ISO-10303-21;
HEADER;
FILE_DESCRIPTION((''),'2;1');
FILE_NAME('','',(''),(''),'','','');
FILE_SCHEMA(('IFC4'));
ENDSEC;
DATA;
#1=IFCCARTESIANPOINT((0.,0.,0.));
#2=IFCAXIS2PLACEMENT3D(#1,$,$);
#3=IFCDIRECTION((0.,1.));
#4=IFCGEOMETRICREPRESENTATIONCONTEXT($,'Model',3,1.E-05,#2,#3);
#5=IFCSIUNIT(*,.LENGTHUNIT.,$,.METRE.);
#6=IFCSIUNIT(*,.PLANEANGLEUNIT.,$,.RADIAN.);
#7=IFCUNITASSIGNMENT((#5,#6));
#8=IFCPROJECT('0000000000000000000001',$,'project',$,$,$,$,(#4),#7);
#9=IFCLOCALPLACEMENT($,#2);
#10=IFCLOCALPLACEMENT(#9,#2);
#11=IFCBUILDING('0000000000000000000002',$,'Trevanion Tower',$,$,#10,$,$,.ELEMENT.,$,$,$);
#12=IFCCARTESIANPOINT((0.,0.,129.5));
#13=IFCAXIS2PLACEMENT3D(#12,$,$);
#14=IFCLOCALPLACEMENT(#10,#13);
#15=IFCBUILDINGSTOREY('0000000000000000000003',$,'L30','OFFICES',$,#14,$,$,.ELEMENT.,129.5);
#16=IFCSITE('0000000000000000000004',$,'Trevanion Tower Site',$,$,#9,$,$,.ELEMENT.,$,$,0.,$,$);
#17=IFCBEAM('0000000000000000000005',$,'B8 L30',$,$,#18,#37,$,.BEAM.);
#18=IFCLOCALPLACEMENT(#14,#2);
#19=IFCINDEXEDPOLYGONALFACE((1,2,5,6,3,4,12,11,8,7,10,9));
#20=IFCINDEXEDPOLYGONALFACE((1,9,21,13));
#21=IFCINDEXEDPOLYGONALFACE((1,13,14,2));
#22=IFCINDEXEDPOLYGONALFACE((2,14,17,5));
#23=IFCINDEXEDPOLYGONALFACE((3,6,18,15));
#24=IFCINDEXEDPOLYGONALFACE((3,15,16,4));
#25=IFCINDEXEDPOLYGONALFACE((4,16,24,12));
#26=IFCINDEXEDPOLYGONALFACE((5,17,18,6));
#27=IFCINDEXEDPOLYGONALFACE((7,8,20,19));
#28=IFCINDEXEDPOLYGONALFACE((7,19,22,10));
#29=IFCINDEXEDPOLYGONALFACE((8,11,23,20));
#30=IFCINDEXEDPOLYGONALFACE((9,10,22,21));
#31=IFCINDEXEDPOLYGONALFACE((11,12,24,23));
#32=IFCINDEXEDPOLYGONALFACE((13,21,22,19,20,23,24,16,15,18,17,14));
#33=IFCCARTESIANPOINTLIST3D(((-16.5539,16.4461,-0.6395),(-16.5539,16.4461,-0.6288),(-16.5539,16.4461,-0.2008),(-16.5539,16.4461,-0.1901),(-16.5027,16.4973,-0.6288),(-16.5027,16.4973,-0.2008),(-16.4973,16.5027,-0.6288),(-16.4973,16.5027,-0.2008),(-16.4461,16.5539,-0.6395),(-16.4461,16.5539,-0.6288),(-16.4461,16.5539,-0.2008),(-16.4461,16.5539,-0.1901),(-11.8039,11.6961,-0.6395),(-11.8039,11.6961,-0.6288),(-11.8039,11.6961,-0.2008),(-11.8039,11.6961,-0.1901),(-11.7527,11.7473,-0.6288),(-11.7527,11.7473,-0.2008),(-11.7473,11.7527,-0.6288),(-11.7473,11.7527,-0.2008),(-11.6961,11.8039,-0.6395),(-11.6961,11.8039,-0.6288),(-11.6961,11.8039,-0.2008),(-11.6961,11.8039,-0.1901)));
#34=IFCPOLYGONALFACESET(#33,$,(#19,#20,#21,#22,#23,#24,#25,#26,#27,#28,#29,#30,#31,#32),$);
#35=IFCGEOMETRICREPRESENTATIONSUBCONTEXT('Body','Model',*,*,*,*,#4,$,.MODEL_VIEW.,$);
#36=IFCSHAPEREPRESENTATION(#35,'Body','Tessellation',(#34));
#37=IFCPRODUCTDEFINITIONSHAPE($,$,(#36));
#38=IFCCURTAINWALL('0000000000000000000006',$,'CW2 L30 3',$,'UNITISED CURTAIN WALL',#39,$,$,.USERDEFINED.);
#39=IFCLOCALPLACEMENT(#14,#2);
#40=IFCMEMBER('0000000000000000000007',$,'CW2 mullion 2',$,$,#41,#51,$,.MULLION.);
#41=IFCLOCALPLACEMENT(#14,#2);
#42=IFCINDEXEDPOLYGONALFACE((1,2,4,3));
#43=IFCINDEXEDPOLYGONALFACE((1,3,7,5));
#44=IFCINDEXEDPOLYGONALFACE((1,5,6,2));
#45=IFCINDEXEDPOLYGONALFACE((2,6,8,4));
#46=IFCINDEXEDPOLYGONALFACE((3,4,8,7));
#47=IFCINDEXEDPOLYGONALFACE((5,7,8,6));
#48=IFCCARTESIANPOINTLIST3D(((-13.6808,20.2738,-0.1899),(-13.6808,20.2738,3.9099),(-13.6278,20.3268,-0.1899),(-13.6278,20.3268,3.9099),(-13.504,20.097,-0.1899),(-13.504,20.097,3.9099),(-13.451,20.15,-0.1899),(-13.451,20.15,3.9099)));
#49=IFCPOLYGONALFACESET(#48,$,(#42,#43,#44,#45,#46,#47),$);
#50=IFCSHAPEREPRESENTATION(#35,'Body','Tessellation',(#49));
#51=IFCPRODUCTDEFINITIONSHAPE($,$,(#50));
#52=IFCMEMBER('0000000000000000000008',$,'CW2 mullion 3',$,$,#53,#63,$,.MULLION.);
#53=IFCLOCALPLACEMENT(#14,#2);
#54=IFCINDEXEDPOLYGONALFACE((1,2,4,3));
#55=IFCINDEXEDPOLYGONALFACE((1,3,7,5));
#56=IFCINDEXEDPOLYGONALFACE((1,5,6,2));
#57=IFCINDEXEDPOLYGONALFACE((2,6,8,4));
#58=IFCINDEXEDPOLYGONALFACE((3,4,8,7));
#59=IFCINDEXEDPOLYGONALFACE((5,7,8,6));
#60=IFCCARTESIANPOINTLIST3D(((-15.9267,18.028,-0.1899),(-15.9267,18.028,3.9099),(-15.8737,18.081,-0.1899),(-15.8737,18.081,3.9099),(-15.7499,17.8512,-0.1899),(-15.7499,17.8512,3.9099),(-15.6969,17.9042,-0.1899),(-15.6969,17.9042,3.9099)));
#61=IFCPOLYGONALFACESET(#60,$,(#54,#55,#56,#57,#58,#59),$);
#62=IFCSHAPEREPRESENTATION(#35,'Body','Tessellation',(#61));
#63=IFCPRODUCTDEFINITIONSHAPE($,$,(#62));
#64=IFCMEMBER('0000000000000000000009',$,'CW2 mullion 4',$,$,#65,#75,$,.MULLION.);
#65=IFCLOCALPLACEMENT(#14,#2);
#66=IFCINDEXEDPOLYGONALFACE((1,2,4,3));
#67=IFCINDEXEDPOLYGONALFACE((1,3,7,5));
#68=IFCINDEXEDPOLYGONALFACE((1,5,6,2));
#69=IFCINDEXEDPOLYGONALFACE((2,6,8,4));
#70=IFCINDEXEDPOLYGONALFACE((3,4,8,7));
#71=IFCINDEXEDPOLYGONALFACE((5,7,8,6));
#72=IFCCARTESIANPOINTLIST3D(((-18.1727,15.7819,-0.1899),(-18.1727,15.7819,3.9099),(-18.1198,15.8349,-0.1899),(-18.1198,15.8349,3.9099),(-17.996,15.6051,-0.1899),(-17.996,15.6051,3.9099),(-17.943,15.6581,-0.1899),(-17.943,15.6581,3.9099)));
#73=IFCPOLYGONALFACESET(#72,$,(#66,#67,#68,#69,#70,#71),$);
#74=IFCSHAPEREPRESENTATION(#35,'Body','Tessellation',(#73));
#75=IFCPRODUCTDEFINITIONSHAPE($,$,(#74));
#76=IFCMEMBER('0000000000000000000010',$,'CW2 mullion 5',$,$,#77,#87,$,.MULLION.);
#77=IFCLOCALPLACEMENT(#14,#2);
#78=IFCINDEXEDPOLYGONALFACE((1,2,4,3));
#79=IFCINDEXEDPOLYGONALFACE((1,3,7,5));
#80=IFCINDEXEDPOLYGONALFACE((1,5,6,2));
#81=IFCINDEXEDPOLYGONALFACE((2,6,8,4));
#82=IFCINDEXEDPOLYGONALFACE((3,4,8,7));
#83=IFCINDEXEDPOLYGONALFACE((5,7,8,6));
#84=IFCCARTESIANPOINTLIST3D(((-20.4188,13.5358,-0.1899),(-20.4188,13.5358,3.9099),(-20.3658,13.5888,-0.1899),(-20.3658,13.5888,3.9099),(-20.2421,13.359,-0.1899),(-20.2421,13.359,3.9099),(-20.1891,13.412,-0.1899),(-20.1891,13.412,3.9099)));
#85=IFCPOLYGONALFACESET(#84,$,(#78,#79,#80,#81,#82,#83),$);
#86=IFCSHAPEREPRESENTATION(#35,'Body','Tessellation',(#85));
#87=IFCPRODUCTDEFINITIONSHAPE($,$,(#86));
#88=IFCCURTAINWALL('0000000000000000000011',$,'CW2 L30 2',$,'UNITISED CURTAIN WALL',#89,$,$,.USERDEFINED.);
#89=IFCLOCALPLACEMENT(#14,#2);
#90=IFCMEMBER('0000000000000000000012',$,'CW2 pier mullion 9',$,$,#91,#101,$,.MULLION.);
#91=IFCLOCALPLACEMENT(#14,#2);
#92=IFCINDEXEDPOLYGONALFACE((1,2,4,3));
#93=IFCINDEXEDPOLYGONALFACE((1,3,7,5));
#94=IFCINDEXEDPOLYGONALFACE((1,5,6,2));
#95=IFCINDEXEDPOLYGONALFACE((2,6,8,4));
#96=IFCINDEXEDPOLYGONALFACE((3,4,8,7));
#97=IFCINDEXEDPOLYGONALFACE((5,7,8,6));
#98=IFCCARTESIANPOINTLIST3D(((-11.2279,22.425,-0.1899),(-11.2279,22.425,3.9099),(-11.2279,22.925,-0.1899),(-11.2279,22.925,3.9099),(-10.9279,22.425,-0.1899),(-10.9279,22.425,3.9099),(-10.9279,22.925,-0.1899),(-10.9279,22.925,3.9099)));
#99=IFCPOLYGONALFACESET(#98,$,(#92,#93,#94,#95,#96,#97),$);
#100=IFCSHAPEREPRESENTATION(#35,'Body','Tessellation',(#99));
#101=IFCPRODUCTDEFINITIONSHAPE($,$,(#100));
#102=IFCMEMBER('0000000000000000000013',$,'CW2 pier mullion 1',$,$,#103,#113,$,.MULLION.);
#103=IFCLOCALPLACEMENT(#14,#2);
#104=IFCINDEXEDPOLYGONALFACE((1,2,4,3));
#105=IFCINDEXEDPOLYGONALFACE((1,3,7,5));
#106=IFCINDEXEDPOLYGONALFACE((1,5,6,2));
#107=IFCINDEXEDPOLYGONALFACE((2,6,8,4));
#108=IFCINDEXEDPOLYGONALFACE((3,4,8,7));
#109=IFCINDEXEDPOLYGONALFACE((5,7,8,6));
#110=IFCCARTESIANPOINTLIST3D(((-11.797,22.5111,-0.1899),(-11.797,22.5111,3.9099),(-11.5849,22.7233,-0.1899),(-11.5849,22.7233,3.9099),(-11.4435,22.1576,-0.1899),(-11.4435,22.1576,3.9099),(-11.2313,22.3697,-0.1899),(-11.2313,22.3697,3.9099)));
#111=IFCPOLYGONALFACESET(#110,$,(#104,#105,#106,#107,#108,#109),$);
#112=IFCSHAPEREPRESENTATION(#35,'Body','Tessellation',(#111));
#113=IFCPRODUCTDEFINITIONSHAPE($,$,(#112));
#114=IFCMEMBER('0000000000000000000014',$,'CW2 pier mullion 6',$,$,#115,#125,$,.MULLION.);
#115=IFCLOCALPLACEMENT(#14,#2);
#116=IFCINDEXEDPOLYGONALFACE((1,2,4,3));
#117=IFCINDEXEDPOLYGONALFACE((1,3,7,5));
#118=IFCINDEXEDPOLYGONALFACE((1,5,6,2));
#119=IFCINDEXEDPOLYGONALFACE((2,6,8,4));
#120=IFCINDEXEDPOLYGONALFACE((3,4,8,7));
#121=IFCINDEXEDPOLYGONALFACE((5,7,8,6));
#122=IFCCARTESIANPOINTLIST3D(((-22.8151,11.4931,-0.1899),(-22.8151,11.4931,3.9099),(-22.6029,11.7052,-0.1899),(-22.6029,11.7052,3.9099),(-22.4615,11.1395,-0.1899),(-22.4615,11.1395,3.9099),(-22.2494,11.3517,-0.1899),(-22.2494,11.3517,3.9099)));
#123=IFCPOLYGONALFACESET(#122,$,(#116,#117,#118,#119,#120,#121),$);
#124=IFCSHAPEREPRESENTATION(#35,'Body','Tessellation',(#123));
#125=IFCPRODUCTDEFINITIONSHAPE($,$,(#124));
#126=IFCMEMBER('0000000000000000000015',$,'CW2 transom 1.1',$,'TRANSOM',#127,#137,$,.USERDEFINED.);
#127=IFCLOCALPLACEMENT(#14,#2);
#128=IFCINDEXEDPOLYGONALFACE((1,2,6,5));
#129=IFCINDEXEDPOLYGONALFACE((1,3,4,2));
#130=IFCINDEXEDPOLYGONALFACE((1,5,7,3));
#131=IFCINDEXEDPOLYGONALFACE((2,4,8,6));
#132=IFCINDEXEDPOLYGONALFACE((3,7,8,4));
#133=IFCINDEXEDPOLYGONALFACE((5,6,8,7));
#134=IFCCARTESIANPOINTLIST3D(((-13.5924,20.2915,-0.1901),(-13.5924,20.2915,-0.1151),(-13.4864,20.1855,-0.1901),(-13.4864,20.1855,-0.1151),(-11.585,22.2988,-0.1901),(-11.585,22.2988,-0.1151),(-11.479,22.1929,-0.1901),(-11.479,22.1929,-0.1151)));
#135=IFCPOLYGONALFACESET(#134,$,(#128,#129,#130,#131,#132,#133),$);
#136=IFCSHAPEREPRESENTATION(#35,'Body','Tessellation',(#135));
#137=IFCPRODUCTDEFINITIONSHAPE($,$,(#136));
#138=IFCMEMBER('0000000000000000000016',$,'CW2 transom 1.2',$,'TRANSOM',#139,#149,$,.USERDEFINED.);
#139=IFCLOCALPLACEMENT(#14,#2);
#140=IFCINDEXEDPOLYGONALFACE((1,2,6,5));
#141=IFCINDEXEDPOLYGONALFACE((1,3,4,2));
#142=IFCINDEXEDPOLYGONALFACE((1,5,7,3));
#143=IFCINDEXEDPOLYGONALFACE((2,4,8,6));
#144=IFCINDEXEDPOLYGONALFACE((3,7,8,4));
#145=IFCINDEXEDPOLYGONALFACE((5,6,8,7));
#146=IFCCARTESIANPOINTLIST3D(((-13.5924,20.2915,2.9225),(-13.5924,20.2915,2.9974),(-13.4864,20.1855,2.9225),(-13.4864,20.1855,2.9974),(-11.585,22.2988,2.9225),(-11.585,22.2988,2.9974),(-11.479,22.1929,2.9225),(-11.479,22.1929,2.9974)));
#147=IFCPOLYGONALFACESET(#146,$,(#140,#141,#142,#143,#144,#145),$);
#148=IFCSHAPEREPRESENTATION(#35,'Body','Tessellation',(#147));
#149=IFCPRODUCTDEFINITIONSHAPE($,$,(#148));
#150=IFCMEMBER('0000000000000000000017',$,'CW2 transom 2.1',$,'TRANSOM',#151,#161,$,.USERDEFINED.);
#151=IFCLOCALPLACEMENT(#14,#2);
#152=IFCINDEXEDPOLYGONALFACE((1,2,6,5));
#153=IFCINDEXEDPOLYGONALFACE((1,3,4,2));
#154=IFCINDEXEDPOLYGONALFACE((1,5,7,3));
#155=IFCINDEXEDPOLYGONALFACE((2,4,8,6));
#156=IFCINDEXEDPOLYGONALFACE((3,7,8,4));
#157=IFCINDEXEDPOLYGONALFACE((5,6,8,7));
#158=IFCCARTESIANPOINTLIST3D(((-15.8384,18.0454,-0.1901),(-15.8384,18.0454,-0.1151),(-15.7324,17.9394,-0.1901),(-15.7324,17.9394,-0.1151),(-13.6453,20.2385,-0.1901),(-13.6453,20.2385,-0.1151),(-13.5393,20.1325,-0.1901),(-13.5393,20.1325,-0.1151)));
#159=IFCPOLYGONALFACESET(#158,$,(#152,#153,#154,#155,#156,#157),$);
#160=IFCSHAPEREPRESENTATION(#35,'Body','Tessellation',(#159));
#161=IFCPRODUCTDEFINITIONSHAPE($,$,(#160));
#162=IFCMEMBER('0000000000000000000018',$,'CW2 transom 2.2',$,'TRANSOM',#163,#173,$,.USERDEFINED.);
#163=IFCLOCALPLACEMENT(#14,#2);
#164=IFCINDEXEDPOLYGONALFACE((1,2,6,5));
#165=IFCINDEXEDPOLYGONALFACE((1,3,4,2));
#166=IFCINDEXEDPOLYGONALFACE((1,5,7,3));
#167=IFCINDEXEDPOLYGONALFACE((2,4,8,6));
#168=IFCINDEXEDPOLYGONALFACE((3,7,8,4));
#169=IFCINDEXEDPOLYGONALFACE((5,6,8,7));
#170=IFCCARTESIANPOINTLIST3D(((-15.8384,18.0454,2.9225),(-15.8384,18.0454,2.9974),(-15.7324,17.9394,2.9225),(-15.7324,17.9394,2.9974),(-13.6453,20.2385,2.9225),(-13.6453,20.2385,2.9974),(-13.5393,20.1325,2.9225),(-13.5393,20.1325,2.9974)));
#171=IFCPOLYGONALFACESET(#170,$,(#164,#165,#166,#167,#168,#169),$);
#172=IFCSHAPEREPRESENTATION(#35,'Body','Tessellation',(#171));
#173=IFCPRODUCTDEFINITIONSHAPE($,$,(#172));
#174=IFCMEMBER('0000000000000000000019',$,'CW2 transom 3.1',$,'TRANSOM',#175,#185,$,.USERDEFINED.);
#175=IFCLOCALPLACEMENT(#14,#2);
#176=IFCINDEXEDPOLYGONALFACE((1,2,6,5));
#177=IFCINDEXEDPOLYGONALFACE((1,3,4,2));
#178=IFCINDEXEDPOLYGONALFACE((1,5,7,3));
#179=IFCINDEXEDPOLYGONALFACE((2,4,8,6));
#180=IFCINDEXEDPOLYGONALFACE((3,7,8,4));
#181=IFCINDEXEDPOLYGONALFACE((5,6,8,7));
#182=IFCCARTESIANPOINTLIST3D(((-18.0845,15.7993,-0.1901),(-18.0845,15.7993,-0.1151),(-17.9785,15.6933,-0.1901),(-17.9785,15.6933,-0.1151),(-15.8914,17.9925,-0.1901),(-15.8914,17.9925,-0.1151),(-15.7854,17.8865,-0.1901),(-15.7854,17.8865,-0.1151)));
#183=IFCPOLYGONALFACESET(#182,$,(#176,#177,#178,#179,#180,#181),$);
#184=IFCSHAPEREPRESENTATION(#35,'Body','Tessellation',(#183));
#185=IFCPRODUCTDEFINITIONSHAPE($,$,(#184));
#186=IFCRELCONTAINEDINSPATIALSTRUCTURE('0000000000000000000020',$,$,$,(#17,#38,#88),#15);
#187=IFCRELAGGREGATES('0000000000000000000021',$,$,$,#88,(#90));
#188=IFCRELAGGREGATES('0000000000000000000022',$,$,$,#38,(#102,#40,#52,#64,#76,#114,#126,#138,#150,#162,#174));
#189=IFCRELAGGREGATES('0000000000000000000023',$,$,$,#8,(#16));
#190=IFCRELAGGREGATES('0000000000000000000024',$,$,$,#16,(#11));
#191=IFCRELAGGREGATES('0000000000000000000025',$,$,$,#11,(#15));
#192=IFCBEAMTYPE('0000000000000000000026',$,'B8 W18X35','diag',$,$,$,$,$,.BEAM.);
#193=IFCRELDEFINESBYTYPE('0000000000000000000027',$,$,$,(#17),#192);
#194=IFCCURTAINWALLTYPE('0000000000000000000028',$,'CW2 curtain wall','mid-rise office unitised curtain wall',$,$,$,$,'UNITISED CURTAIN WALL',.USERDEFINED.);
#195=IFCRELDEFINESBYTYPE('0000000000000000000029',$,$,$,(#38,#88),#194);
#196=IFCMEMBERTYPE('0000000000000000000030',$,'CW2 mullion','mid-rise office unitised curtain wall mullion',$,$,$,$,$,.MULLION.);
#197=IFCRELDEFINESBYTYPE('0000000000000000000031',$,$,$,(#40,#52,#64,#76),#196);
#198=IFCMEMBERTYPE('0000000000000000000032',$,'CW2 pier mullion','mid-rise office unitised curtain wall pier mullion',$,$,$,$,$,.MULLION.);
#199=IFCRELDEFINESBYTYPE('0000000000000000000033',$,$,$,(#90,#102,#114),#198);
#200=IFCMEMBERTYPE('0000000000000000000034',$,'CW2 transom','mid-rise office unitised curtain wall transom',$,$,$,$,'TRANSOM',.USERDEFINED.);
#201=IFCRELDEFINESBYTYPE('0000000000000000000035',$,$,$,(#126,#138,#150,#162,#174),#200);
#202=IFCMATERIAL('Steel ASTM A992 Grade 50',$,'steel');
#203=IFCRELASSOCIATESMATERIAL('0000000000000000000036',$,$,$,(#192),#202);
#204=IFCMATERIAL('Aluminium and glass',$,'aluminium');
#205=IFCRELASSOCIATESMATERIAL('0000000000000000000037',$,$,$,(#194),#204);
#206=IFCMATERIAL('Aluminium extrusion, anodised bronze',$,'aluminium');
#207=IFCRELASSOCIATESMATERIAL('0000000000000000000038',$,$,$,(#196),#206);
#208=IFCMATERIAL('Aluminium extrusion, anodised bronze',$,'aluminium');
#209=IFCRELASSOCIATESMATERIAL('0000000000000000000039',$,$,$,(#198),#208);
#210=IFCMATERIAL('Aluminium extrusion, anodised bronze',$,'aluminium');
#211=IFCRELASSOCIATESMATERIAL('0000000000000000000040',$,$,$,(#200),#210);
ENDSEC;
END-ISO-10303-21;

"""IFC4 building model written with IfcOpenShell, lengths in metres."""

from ifc_helpers import new_model, si_unit, direction, frame, origin, origin_2d, place, context, subcontext, project, spatial, rectangle, i_section, extrude, material, material_profile, profile_set, type_object, element, aggregate, save


model = new_model("IFC4")

# Units and contexts
model_context = context("Model", 3, precision=1e-05, world=origin(), true_north=direction((0.0, 1.0)))
body_context = subcontext(model_context, "Body", "Model", "MODEL_VIEW")
ifc_project = project(units=[si_unit("LENGTHUNIT", "METRE"), si_unit("PLANEANGLEUNIT", "RADIAN")], contexts=[model_context])

# Site, building, storey
site_placement = place(None, origin())
site = spatial("IfcSite", under=ifc_project, at=site_placement, Name="Trevanion Tower Site", CompositionType="ELEMENT", RefElevation=0.0)
building_placement = place(site_placement, origin())
building = spatial("IfcBuilding", under=site, at=building_placement, Name="Trevanion Tower", CompositionType="ELEMENT")
storey_placement = place(building_placement, frame((0.0, 0.0, 129.5)))
storey = spatial("IfcBuildingStorey", under=building, at=storey_placement, Name="L30", Description="OFFICES", CompositionType="ELEMENT", Elevation=129.5)

# Beam
ifc_material_1 = material(Name="Steel ASTM A992 Grade 50", Category="steel")
ifc_material_profile_1 = material_profile(ifc_material_1, i_section(OverallWidth=0.1523, OverallDepth=0.4495, WebThickness=0.0076, FlangeThickness=0.0107, at=origin_2d()), Name="W18X35")
ifc_profile_set_1 = profile_set([ifc_material_profile_1], Name="Steel ASTM A992 Grade 50")
beam_type_1 = type_object("IfcBeamType", Name="B8 W18X35", Description="diag", PredefinedType="BEAM", material=ifc_profile_set_1)
beam_1_placement = place(storey_placement, frame((-11.75, 11.75, -0.4148), z_axis=(-0.707107, 0.707107, 0.0), x_axis=(-0.707107, -0.707107, 0.0)))
element("IfcBeam", 1, at=beam_1_placement, inside=storey, type_object=beam_type_1, Name="B8 L30", PredefinedType="BEAM", context=body_context, shape_type="SweptSolid", body=[
    extrude(i_section(OverallWidth=0.1523, OverallDepth=0.4495, WebThickness=0.0076, FlangeThickness=0.0107, at=origin_2d()), origin(), (0.0, 0.0, 1.0), 6.7175),
])

# Curtain wall, members
ifc_material_2 = material(Name="Aluminium and glass", Category="aluminium")
curtain_wall_type = type_object("IfcCurtainWallType", Name="CW2 curtain wall", Description="mid-rise office unitised curtain wall", ElementType="UNITISED CURTAIN WALL", PredefinedType="USERDEFINED", material=ifc_material_2)
curtain_wall_1_placement = place(storey_placement, origin())
curtain_wall_1 = element("IfcCurtainWall", 2, at=curtain_wall_1_placement, inside=storey, type_object=curtain_wall_type, Name="CW2 L30 3", ObjectType="UNITISED CURTAIN WALL", PredefinedType="USERDEFINED")
ifc_material_3 = material(Name="Aluminium extrusion, anodised bronze", Category="aluminium")
ifc_material_profile_2 = material_profile(ifc_material_3, rectangle(XDim=0.075, YDim=0.25, at=origin_2d()), Name="CW2 mullion")
ifc_profile_set_2 = profile_set([ifc_material_profile_2], Name="Aluminium extrusion, anodised bronze")
member_type_1 = type_object("IfcMemberType", Name="CW2 mullion", Description="mid-rise office unitised curtain wall mullion", PredefinedType="MULLION", material=ifc_profile_set_2)
member_1_placement = place(storey_placement, frame((-13.5659, 20.2119, -0.1899), z_axis=(0.0, 0.0, 1.0), x_axis=(-0.707107, -0.707107, 0.0)))
member_1 = element("IfcMember", 3, at=member_1_placement, type_object=member_type_1, Name="CW2 mullion 2", PredefinedType="MULLION", context=body_context, shape_type="SweptSolid", body=[
    extrude(rectangle(XDim=0.075, YDim=0.25, at=origin_2d()), origin(), (0.0, 0.0, 1.0), 4.0999),
])
member_2_placement = place(storey_placement, frame((-15.8118, 17.9661, -0.1899), z_axis=(0.0, 0.0, 1.0), x_axis=(-0.707107, -0.707107, 0.0)))
member_2 = element("IfcMember", 4, at=member_2_placement, type_object=member_type_1, Name="CW2 mullion 3", PredefinedType="MULLION", context=body_context, shape_type="SweptSolid", body=[
    extrude(rectangle(XDim=0.075, YDim=0.25, at=origin_2d()), origin(), (0.0, 0.0, 1.0), 4.0999),
])
member_3_placement = place(storey_placement, frame((-18.0579, 15.72, -0.1899), z_axis=(0.0, 0.0, 1.0), x_axis=(-0.707107, -0.707107, 0.0)))
member_3 = element("IfcMember", 5, at=member_3_placement, type_object=member_type_1, Name="CW2 mullion 4", PredefinedType="MULLION", context=body_context, shape_type="SweptSolid", body=[
    extrude(rectangle(XDim=0.075, YDim=0.25, at=origin_2d()), origin(), (0.0, 0.0, 1.0), 4.0999),
])
member_4_placement = place(storey_placement, frame((-20.304, 13.4739, -0.1899), z_axis=(0.0, 0.0, 1.0), x_axis=(-0.707107, -0.707107, 0.0)))
member_4 = element("IfcMember", 6, at=member_4_placement, type_object=member_type_1, Name="CW2 mullion 5", PredefinedType="MULLION", context=body_context, shape_type="SweptSolid", body=[
    extrude(rectangle(XDim=0.075, YDim=0.25, at=origin_2d()), origin(), (0.0, 0.0, 1.0), 4.0999),
])

# Curtain wall, member
curtain_wall_2_placement = place(storey_placement, origin())
curtain_wall_2 = element("IfcCurtainWall", 7, at=curtain_wall_2_placement, inside=storey, type_object=curtain_wall_type, Name="CW2 L30 2", ObjectType="UNITISED CURTAIN WALL", PredefinedType="USERDEFINED")
ifc_material_4 = material(Name="Aluminium extrusion, anodised bronze", Category="aluminium")
ifc_material_profile_3 = material_profile(ifc_material_4, rectangle(XDim=0.3, YDim=0.5, at=origin_2d()), Name="CW2 pier mullion")
ifc_profile_set_3 = profile_set([ifc_material_profile_3], Name="Aluminium extrusion, anodised bronze")
member_type_2 = type_object("IfcMemberType", Name="CW2 pier mullion", Description="mid-rise office unitised curtain wall pier mullion", PredefinedType="MULLION", material=ifc_profile_set_3)
member_5_placement = place(storey_placement, frame((-11.0779, 22.675, -0.1899), z_axis=(0.0, 0.0, 1.0), x_axis=(-1.0, 0.0, 0.0)))
member_5 = element("IfcMember", 8, at=member_5_placement, type_object=member_type_2, Name="CW2 pier mullion 9", PredefinedType="MULLION", context=body_context, shape_type="SweptSolid", body=[
    extrude(rectangle(XDim=0.3, YDim=0.5, at=origin_2d()), origin(), (0.0, 0.0, 1.0), 4.0999),
])
aggregate(curtain_wall_2, [member_5])

# Members
member_6_placement = place(storey_placement, frame((-11.5142, 22.4404, -0.1899), z_axis=(0.0, 0.0, 1.0), x_axis=(-0.707107, -0.707107, 0.0)))
member_6 = element("IfcMember", 9, at=member_6_placement, type_object=member_type_2, Name="CW2 pier mullion 1", PredefinedType="MULLION", context=body_context, shape_type="SweptSolid", body=[
    extrude(rectangle(XDim=0.3, YDim=0.5, at=origin_2d()), origin(), (0.0, 0.0, 1.0), 4.0999),
])
member_7_placement = place(storey_placement, frame((-22.5322, 11.4224, -0.1899), z_axis=(0.0, 0.0, 1.0), x_axis=(-0.707107, -0.707107, 0.0)))
member_7 = element("IfcMember", 10, at=member_7_placement, type_object=member_type_2, Name="CW2 pier mullion 6", PredefinedType="MULLION", context=body_context, shape_type="SweptSolid", body=[
    extrude(rectangle(XDim=0.3, YDim=0.5, at=origin_2d()), origin(), (0.0, 0.0, 1.0), 4.0999),
])
ifc_material_5 = material(Name="Aluminium extrusion, anodised bronze", Category="aluminium")
ifc_material_profile_4 = material_profile(ifc_material_5, rectangle(XDim=0.1499, YDim=0.075, at=origin_2d()), Name="CW2 transom")
ifc_profile_set_4 = profile_set([ifc_material_profile_4], Name="Aluminium extrusion, anodised bronze")
member_type_3 = type_object("IfcMemberType", Name="CW2 transom", Description="mid-rise office unitised curtain wall transom", ElementType="TRANSOM", PredefinedType="USERDEFINED", material=ifc_profile_set_4)
member_8_placement = place(storey_placement, frame((-11.532, 22.2458, -0.1526), z_axis=(-0.707107, -0.707107, 0.0), x_axis=(0.707107, -0.707107, 0.0)))
member_8 = element("IfcMember", 11, at=member_8_placement, type_object=member_type_3, Name="CW2 transom 1.1", ObjectType="TRANSOM", PredefinedType="USERDEFINED", context=body_context, shape_type="SweptSolid", body=[
    extrude(rectangle(XDim=0.1499, YDim=0.075, at=origin_2d()), origin(), (0.0, 0.0, 1.0), 2.8389),
])
member_9_placement = place(storey_placement, frame((-11.532, 22.2458, 2.96), z_axis=(-0.707107, -0.707107, 0.0), x_axis=(0.707107, -0.707107, 0.0)))
member_9 = element("IfcMember", 12, at=member_9_placement, type_object=member_type_3, Name="CW2 transom 1.2", ObjectType="TRANSOM", PredefinedType="USERDEFINED", context=body_context, shape_type="SweptSolid", body=[
    extrude(rectangle(XDim=0.1499, YDim=0.075, at=origin_2d()), origin(), (0.0, 0.0, 1.0), 2.8389),
])
member_10_placement = place(storey_placement, frame((-13.5923, 20.1855, -0.1526), z_axis=(-0.707107, -0.707107, 0.0), x_axis=(0.707107, -0.707107, 0.0)))
member_10 = element("IfcMember", 13, at=member_10_placement, type_object=member_type_3, Name="CW2 transom 2.1", ObjectType="TRANSOM", PredefinedType="USERDEFINED", context=body_context, shape_type="SweptSolid", body=[
    extrude(rectangle(XDim=0.1499, YDim=0.075, at=origin_2d()), origin(), (0.0, 0.0, 1.0), 3.1016),
])
member_11_placement = place(storey_placement, frame((-13.5923, 20.1855, 2.96), z_axis=(-0.707107, -0.707107, 0.0), x_axis=(0.707107, -0.707107, 0.0)))
member_11 = element("IfcMember", 14, at=member_11_placement, type_object=member_type_3, Name="CW2 transom 2.2", ObjectType="TRANSOM", PredefinedType="USERDEFINED", context=body_context, shape_type="SweptSolid", body=[
    extrude(rectangle(XDim=0.1499, YDim=0.075, at=origin_2d()), origin(), (0.0, 0.0, 1.0), 3.1016),
])
member_12_placement = place(storey_placement, frame((-15.8384, 17.9395, -0.1526), z_axis=(-0.707107, -0.707107, 0.0), x_axis=(0.707107, -0.707107, 0.0)))
member_12 = element("IfcMember", 15, at=member_12_placement, type_object=member_type_3, Name="CW2 transom 3.1", ObjectType="TRANSOM", PredefinedType="USERDEFINED", context=body_context, shape_type="SweptSolid", body=[
    extrude(rectangle(XDim=0.1499, YDim=0.075, at=origin_2d()), origin(), (0.0, 0.0, 1.0), 3.1016),
])

aggregate(curtain_wall_1, [member_6, member_1, member_2, member_3, member_4, member_7, member_8, member_9, member_10, member_11, member_12])

save(model, "model.ifc")
